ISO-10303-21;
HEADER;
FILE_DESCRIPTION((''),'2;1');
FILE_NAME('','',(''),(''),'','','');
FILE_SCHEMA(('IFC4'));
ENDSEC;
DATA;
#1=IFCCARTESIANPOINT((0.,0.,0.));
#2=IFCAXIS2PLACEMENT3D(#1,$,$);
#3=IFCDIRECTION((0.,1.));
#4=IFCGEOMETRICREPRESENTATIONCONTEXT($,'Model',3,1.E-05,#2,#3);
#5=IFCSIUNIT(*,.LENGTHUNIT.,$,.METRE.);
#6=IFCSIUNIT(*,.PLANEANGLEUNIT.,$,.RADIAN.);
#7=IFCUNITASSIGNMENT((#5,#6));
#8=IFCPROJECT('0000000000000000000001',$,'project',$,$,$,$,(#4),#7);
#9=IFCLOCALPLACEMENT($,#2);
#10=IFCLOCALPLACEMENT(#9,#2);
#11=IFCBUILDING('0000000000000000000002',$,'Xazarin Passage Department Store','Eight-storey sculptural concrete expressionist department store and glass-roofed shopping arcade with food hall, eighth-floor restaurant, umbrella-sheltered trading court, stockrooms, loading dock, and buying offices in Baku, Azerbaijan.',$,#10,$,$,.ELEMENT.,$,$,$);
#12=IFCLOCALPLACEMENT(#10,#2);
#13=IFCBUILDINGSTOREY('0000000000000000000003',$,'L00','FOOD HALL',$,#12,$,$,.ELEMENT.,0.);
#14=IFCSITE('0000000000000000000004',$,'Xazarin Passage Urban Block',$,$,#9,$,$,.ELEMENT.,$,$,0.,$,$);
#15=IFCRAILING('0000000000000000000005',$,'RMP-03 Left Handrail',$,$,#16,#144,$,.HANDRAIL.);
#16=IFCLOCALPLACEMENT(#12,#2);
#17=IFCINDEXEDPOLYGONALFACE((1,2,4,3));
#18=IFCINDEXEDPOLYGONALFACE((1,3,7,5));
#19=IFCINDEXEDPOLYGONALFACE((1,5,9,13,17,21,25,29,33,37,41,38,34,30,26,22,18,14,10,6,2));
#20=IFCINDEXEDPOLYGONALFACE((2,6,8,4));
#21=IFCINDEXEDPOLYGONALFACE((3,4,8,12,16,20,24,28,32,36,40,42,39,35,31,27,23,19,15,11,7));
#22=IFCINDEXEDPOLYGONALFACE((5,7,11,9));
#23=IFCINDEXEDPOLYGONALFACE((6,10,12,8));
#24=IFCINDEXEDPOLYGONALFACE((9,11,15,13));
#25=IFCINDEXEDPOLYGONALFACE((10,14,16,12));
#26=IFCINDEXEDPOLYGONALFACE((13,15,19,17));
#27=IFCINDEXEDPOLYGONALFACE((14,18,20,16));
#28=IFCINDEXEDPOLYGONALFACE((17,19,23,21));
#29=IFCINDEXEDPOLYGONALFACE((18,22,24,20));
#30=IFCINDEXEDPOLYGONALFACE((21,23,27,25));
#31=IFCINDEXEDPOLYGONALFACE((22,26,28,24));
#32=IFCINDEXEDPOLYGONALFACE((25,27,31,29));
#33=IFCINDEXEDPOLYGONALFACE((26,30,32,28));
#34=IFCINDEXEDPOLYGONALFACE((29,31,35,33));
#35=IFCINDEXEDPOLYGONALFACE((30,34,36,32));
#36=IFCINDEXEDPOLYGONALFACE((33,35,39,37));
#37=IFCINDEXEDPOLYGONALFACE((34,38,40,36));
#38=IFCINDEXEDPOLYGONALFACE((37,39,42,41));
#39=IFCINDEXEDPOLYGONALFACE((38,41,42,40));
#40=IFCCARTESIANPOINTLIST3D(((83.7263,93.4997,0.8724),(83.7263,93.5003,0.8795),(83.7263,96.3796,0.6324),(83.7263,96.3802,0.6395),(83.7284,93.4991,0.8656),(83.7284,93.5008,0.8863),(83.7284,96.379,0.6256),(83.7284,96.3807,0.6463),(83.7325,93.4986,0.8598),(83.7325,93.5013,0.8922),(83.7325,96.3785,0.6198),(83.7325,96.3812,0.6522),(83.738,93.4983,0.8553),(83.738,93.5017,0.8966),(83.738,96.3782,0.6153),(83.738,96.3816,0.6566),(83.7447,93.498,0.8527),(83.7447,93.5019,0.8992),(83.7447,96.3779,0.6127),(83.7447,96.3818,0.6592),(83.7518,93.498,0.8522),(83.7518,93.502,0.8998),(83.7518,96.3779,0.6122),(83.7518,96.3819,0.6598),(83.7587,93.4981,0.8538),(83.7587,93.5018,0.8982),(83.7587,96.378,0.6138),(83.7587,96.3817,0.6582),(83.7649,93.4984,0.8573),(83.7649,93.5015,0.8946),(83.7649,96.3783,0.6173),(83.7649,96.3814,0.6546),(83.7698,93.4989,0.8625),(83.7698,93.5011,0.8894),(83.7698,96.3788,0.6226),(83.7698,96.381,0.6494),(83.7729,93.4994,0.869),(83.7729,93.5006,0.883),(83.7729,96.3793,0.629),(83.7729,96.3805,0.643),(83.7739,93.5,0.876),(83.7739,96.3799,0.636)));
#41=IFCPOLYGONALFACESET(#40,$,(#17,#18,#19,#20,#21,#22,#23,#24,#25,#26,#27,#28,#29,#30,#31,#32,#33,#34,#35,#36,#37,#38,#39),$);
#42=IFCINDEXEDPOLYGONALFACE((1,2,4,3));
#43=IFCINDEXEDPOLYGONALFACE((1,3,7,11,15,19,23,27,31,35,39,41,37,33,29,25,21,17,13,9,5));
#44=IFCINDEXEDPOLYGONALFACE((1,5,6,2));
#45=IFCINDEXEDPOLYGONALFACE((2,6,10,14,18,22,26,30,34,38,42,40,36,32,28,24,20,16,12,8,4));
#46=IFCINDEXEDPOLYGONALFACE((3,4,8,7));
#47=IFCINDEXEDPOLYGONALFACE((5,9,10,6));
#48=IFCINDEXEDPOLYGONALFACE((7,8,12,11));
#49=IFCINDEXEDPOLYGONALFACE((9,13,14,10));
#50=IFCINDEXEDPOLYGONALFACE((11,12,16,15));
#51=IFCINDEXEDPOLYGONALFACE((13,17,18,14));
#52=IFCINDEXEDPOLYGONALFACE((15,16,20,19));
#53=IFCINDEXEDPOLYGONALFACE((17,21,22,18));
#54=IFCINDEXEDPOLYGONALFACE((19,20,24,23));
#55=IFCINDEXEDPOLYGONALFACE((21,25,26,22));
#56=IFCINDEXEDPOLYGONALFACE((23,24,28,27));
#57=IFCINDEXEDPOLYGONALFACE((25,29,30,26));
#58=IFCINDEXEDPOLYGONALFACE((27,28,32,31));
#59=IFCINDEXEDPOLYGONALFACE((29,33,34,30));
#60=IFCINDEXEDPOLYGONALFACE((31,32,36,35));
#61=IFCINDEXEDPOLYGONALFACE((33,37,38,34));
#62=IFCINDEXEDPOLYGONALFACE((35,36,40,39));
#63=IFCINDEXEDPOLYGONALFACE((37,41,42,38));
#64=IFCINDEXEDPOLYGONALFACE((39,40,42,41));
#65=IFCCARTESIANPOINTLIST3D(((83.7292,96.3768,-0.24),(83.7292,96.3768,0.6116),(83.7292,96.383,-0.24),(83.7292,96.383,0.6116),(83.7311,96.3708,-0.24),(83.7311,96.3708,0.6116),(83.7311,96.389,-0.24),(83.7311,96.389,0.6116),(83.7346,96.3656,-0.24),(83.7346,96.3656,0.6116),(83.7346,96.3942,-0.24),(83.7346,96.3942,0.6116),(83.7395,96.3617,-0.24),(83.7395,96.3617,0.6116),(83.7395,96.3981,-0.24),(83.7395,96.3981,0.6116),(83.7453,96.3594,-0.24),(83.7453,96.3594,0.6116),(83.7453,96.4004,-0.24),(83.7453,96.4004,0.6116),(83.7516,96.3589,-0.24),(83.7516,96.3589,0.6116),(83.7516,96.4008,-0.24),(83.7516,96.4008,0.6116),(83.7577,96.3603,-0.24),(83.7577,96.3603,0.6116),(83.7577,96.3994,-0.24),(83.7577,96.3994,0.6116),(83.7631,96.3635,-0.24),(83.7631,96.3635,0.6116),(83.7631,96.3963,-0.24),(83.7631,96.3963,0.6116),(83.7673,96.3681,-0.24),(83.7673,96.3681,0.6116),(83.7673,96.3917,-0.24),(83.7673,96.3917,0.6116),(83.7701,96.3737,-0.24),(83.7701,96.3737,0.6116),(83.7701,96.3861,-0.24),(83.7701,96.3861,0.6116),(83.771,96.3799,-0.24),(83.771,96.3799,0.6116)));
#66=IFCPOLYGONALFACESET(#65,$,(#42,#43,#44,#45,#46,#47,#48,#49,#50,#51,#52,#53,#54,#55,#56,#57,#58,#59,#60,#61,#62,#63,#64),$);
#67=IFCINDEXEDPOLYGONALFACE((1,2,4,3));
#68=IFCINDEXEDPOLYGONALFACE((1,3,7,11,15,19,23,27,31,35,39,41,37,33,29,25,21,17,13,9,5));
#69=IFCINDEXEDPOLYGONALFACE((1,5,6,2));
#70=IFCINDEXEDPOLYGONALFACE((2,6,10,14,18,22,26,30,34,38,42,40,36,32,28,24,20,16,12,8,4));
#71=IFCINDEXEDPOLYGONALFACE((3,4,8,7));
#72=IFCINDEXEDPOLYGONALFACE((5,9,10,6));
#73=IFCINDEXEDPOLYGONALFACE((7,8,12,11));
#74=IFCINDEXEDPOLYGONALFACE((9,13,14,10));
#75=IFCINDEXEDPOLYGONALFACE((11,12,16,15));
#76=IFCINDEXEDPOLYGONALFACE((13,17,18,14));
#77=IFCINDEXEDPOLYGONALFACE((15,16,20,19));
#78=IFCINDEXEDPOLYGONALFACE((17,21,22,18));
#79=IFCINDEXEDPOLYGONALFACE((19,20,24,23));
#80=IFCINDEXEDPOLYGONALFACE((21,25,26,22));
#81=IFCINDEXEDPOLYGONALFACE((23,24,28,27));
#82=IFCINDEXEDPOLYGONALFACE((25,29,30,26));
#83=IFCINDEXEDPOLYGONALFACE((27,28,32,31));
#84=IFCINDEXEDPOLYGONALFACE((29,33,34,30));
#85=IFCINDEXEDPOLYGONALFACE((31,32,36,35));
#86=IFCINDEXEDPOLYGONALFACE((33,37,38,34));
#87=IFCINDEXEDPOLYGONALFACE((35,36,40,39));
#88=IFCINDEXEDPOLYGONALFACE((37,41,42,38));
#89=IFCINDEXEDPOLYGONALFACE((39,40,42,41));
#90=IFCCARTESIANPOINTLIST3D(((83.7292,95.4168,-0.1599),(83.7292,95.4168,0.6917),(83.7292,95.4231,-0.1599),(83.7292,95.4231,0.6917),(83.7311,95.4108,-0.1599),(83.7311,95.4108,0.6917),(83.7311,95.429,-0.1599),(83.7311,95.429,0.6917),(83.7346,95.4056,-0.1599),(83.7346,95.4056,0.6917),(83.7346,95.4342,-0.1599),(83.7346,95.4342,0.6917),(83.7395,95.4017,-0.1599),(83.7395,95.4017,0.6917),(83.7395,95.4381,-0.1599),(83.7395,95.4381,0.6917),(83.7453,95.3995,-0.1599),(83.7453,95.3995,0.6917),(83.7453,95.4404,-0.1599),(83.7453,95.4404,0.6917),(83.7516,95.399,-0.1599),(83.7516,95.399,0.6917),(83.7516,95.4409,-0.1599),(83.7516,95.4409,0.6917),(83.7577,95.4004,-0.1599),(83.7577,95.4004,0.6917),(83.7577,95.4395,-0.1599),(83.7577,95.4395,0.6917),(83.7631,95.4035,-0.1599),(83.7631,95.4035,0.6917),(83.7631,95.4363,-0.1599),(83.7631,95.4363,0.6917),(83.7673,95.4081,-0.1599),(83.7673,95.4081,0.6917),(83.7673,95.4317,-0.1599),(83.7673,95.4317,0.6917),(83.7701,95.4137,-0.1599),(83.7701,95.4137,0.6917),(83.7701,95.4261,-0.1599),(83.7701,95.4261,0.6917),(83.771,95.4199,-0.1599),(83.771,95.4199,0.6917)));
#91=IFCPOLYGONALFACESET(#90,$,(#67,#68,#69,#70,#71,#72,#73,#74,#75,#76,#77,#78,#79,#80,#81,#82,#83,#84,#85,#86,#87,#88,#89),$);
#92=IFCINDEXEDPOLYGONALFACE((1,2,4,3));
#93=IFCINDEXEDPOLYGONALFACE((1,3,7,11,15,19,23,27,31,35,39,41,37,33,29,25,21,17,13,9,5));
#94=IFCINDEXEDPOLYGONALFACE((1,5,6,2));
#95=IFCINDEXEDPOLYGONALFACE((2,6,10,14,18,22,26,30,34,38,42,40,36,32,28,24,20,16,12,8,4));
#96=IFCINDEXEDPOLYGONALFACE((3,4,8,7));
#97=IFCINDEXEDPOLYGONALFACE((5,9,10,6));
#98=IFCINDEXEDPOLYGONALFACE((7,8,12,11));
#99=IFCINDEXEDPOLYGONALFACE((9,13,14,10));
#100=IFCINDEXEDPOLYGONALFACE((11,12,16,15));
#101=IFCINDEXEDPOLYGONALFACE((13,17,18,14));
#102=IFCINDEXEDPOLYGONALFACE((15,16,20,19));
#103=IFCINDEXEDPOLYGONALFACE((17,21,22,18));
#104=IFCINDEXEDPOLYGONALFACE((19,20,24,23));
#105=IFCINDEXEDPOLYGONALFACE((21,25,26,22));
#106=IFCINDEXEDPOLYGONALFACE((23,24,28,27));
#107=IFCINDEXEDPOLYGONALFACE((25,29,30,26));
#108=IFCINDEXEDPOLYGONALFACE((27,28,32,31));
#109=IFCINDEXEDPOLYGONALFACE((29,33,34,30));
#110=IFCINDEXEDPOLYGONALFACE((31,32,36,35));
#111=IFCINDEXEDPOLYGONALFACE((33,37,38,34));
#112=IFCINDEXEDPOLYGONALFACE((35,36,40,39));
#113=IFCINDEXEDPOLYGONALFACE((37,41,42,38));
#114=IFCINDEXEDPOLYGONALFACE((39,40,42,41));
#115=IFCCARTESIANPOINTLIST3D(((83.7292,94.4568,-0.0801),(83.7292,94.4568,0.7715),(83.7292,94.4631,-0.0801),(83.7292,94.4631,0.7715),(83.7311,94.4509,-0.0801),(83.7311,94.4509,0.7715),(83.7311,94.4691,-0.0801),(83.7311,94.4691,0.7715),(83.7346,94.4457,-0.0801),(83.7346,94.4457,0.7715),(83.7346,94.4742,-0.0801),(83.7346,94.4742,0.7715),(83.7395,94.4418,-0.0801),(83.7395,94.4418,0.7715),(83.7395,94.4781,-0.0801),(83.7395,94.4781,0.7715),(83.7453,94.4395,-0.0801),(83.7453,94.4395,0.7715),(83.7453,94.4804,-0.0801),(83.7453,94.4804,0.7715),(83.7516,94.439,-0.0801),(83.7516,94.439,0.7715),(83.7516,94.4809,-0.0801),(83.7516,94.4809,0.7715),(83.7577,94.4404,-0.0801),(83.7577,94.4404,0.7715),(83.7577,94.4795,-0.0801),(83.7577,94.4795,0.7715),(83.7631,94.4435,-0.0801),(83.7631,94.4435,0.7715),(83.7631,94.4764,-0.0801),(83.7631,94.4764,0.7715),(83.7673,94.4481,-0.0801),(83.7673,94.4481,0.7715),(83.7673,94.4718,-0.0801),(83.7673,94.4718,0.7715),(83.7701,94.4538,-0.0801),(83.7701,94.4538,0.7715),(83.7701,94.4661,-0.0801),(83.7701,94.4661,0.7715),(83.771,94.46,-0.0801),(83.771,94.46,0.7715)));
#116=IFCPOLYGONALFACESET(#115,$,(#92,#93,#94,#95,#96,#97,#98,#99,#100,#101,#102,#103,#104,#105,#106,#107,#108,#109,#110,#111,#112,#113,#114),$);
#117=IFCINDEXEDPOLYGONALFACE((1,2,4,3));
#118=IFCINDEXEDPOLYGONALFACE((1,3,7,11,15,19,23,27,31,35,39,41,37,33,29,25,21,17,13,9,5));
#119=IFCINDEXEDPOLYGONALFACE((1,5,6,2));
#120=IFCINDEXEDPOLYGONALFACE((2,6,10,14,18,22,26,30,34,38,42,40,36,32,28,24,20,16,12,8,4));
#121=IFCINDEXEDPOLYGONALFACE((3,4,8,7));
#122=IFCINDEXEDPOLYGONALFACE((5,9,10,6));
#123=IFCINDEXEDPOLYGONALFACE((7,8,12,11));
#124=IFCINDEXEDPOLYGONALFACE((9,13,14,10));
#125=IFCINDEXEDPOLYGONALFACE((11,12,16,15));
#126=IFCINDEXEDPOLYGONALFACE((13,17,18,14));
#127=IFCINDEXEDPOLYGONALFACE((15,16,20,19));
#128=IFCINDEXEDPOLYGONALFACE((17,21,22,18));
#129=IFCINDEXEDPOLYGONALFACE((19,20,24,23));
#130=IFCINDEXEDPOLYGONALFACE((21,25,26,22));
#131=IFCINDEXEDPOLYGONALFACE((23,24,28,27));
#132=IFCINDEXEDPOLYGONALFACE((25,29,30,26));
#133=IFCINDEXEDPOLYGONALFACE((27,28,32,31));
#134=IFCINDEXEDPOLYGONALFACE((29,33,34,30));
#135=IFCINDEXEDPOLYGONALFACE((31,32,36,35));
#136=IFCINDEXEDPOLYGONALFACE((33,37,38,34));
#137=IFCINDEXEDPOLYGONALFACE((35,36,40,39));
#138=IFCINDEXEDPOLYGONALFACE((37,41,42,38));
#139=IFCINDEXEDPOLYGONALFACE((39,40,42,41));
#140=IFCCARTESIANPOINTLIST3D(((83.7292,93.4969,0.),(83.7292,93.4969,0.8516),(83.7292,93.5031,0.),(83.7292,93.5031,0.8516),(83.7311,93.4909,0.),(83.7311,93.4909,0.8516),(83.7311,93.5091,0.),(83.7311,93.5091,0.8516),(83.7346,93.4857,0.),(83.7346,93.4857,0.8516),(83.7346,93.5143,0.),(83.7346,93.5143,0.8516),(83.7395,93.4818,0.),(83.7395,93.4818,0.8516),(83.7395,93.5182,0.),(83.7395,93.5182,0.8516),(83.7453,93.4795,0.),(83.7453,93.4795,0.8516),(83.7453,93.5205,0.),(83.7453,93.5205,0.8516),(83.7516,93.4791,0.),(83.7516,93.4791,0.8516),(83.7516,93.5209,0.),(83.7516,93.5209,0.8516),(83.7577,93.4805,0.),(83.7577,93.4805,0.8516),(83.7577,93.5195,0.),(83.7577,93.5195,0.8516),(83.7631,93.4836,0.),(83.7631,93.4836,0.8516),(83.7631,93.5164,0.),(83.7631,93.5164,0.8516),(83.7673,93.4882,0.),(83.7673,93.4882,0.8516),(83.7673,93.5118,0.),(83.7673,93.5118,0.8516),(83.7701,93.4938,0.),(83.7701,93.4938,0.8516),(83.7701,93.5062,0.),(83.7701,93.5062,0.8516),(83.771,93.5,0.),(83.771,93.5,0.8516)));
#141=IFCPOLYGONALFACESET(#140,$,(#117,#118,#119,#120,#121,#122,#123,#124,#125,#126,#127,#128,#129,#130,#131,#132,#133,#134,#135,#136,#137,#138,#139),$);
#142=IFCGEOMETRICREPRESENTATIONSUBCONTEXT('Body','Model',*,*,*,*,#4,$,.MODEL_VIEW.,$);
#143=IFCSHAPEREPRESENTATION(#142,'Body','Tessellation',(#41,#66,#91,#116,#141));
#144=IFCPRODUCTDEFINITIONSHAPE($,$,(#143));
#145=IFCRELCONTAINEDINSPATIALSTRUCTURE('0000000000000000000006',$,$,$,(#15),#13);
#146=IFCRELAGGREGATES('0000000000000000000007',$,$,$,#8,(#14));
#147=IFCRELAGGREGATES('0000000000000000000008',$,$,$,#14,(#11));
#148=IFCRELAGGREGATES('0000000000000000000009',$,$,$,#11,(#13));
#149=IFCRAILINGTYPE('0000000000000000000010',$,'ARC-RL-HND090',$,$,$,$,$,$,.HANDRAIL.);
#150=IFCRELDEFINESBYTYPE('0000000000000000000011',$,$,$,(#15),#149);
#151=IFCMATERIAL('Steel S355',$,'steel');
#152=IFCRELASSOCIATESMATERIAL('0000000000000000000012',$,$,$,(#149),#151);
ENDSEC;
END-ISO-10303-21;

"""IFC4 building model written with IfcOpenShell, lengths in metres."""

from ifc_helpers import new_model, si_unit, direction, frame, origin, origin_2d, place, context, subcontext, project, spatial, circle, extrude, material, type_object, element, save


model = new_model("IFC4")

# Units and contexts
model_context = context("Model", 3, precision=1e-05, world=origin(), true_north=direction((0.0, 1.0)))
body_context = subcontext(model_context, "Body", "Model", "MODEL_VIEW")
ifc_project = project(units=[si_unit("LENGTHUNIT", "METRE"), si_unit("PLANEANGLEUNIT", "RADIAN")], contexts=[model_context])

# Site, building, storey
site_placement = place(None, origin())
site = spatial("IfcSite", under=ifc_project, at=site_placement, Name="Xazarin Passage Urban Block", CompositionType="ELEMENT", RefElevation=0.0)
building_placement = place(site_placement, origin())
building = spatial("IfcBuilding", under=site, at=building_placement, Name="Xazarin Passage Department Store", Description="Eight-storey sculptural concrete expressionist department store and glass-roofed shopping arcade with food hall, eighth-floor restaurant, umbrella-sheltered trading court, stockrooms, loading dock, and buying offices in Baku, Azerbaijan.", CompositionType="ELEMENT")
storey_placement = place(building_placement, origin())
storey = spatial("IfcBuildingStorey", under=building, at=storey_placement, Name="L00", Description="FOOD HALL", CompositionType="ELEMENT", Elevation=0.0)

# Railing
ifc_material_1 = material(Name="Steel S355", Category="steel")
railing_type = type_object("IfcRailingType", Name="ARC-RL-HND090", PredefinedType="HANDRAIL", material=ifc_material_1)
for number, where, name in (
    (1, (83.75, 96.3799, -0.24), "RMP-03 Left Handrail"),
):
    element("IfcRailing", number, at=place(storey_placement, frame(where)), inside=storey, type_object=railing_type, Name=name, PredefinedType="HANDRAIL", context=body_context, shape_type="SweptSolid", body=[
        extrude(circle(Radius=0.0239, at=origin_2d()), frame((0.0, 0.0, 0.876), z_axis=(0.0, -0.996546, 0.083045), x_axis=(1.0, 0.0, 0.0)), (0.0, 0.0, 1.0), 2.8899),
        extrude(circle(Radius=0.021, at=origin_2d()), origin(), (0.0, 0.0, 1.0), 0.8516),
        extrude(circle(Radius=0.021, at=origin_2d()), frame((0.0, -0.96, 0.0801)), (0.0, 0.0, 1.0), 0.8516),
        extrude(circle(Radius=0.021, at=origin_2d()), frame((0.0, -1.9199, 0.1599)), (0.0, 0.0, 1.0), 0.8516),
        extrude(circle(Radius=0.021, at=origin_2d()), frame((0.0, -2.8799, 0.24)), (0.0, 0.0, 1.0), 0.8516),
    ])

save(model, "model.ifc")
